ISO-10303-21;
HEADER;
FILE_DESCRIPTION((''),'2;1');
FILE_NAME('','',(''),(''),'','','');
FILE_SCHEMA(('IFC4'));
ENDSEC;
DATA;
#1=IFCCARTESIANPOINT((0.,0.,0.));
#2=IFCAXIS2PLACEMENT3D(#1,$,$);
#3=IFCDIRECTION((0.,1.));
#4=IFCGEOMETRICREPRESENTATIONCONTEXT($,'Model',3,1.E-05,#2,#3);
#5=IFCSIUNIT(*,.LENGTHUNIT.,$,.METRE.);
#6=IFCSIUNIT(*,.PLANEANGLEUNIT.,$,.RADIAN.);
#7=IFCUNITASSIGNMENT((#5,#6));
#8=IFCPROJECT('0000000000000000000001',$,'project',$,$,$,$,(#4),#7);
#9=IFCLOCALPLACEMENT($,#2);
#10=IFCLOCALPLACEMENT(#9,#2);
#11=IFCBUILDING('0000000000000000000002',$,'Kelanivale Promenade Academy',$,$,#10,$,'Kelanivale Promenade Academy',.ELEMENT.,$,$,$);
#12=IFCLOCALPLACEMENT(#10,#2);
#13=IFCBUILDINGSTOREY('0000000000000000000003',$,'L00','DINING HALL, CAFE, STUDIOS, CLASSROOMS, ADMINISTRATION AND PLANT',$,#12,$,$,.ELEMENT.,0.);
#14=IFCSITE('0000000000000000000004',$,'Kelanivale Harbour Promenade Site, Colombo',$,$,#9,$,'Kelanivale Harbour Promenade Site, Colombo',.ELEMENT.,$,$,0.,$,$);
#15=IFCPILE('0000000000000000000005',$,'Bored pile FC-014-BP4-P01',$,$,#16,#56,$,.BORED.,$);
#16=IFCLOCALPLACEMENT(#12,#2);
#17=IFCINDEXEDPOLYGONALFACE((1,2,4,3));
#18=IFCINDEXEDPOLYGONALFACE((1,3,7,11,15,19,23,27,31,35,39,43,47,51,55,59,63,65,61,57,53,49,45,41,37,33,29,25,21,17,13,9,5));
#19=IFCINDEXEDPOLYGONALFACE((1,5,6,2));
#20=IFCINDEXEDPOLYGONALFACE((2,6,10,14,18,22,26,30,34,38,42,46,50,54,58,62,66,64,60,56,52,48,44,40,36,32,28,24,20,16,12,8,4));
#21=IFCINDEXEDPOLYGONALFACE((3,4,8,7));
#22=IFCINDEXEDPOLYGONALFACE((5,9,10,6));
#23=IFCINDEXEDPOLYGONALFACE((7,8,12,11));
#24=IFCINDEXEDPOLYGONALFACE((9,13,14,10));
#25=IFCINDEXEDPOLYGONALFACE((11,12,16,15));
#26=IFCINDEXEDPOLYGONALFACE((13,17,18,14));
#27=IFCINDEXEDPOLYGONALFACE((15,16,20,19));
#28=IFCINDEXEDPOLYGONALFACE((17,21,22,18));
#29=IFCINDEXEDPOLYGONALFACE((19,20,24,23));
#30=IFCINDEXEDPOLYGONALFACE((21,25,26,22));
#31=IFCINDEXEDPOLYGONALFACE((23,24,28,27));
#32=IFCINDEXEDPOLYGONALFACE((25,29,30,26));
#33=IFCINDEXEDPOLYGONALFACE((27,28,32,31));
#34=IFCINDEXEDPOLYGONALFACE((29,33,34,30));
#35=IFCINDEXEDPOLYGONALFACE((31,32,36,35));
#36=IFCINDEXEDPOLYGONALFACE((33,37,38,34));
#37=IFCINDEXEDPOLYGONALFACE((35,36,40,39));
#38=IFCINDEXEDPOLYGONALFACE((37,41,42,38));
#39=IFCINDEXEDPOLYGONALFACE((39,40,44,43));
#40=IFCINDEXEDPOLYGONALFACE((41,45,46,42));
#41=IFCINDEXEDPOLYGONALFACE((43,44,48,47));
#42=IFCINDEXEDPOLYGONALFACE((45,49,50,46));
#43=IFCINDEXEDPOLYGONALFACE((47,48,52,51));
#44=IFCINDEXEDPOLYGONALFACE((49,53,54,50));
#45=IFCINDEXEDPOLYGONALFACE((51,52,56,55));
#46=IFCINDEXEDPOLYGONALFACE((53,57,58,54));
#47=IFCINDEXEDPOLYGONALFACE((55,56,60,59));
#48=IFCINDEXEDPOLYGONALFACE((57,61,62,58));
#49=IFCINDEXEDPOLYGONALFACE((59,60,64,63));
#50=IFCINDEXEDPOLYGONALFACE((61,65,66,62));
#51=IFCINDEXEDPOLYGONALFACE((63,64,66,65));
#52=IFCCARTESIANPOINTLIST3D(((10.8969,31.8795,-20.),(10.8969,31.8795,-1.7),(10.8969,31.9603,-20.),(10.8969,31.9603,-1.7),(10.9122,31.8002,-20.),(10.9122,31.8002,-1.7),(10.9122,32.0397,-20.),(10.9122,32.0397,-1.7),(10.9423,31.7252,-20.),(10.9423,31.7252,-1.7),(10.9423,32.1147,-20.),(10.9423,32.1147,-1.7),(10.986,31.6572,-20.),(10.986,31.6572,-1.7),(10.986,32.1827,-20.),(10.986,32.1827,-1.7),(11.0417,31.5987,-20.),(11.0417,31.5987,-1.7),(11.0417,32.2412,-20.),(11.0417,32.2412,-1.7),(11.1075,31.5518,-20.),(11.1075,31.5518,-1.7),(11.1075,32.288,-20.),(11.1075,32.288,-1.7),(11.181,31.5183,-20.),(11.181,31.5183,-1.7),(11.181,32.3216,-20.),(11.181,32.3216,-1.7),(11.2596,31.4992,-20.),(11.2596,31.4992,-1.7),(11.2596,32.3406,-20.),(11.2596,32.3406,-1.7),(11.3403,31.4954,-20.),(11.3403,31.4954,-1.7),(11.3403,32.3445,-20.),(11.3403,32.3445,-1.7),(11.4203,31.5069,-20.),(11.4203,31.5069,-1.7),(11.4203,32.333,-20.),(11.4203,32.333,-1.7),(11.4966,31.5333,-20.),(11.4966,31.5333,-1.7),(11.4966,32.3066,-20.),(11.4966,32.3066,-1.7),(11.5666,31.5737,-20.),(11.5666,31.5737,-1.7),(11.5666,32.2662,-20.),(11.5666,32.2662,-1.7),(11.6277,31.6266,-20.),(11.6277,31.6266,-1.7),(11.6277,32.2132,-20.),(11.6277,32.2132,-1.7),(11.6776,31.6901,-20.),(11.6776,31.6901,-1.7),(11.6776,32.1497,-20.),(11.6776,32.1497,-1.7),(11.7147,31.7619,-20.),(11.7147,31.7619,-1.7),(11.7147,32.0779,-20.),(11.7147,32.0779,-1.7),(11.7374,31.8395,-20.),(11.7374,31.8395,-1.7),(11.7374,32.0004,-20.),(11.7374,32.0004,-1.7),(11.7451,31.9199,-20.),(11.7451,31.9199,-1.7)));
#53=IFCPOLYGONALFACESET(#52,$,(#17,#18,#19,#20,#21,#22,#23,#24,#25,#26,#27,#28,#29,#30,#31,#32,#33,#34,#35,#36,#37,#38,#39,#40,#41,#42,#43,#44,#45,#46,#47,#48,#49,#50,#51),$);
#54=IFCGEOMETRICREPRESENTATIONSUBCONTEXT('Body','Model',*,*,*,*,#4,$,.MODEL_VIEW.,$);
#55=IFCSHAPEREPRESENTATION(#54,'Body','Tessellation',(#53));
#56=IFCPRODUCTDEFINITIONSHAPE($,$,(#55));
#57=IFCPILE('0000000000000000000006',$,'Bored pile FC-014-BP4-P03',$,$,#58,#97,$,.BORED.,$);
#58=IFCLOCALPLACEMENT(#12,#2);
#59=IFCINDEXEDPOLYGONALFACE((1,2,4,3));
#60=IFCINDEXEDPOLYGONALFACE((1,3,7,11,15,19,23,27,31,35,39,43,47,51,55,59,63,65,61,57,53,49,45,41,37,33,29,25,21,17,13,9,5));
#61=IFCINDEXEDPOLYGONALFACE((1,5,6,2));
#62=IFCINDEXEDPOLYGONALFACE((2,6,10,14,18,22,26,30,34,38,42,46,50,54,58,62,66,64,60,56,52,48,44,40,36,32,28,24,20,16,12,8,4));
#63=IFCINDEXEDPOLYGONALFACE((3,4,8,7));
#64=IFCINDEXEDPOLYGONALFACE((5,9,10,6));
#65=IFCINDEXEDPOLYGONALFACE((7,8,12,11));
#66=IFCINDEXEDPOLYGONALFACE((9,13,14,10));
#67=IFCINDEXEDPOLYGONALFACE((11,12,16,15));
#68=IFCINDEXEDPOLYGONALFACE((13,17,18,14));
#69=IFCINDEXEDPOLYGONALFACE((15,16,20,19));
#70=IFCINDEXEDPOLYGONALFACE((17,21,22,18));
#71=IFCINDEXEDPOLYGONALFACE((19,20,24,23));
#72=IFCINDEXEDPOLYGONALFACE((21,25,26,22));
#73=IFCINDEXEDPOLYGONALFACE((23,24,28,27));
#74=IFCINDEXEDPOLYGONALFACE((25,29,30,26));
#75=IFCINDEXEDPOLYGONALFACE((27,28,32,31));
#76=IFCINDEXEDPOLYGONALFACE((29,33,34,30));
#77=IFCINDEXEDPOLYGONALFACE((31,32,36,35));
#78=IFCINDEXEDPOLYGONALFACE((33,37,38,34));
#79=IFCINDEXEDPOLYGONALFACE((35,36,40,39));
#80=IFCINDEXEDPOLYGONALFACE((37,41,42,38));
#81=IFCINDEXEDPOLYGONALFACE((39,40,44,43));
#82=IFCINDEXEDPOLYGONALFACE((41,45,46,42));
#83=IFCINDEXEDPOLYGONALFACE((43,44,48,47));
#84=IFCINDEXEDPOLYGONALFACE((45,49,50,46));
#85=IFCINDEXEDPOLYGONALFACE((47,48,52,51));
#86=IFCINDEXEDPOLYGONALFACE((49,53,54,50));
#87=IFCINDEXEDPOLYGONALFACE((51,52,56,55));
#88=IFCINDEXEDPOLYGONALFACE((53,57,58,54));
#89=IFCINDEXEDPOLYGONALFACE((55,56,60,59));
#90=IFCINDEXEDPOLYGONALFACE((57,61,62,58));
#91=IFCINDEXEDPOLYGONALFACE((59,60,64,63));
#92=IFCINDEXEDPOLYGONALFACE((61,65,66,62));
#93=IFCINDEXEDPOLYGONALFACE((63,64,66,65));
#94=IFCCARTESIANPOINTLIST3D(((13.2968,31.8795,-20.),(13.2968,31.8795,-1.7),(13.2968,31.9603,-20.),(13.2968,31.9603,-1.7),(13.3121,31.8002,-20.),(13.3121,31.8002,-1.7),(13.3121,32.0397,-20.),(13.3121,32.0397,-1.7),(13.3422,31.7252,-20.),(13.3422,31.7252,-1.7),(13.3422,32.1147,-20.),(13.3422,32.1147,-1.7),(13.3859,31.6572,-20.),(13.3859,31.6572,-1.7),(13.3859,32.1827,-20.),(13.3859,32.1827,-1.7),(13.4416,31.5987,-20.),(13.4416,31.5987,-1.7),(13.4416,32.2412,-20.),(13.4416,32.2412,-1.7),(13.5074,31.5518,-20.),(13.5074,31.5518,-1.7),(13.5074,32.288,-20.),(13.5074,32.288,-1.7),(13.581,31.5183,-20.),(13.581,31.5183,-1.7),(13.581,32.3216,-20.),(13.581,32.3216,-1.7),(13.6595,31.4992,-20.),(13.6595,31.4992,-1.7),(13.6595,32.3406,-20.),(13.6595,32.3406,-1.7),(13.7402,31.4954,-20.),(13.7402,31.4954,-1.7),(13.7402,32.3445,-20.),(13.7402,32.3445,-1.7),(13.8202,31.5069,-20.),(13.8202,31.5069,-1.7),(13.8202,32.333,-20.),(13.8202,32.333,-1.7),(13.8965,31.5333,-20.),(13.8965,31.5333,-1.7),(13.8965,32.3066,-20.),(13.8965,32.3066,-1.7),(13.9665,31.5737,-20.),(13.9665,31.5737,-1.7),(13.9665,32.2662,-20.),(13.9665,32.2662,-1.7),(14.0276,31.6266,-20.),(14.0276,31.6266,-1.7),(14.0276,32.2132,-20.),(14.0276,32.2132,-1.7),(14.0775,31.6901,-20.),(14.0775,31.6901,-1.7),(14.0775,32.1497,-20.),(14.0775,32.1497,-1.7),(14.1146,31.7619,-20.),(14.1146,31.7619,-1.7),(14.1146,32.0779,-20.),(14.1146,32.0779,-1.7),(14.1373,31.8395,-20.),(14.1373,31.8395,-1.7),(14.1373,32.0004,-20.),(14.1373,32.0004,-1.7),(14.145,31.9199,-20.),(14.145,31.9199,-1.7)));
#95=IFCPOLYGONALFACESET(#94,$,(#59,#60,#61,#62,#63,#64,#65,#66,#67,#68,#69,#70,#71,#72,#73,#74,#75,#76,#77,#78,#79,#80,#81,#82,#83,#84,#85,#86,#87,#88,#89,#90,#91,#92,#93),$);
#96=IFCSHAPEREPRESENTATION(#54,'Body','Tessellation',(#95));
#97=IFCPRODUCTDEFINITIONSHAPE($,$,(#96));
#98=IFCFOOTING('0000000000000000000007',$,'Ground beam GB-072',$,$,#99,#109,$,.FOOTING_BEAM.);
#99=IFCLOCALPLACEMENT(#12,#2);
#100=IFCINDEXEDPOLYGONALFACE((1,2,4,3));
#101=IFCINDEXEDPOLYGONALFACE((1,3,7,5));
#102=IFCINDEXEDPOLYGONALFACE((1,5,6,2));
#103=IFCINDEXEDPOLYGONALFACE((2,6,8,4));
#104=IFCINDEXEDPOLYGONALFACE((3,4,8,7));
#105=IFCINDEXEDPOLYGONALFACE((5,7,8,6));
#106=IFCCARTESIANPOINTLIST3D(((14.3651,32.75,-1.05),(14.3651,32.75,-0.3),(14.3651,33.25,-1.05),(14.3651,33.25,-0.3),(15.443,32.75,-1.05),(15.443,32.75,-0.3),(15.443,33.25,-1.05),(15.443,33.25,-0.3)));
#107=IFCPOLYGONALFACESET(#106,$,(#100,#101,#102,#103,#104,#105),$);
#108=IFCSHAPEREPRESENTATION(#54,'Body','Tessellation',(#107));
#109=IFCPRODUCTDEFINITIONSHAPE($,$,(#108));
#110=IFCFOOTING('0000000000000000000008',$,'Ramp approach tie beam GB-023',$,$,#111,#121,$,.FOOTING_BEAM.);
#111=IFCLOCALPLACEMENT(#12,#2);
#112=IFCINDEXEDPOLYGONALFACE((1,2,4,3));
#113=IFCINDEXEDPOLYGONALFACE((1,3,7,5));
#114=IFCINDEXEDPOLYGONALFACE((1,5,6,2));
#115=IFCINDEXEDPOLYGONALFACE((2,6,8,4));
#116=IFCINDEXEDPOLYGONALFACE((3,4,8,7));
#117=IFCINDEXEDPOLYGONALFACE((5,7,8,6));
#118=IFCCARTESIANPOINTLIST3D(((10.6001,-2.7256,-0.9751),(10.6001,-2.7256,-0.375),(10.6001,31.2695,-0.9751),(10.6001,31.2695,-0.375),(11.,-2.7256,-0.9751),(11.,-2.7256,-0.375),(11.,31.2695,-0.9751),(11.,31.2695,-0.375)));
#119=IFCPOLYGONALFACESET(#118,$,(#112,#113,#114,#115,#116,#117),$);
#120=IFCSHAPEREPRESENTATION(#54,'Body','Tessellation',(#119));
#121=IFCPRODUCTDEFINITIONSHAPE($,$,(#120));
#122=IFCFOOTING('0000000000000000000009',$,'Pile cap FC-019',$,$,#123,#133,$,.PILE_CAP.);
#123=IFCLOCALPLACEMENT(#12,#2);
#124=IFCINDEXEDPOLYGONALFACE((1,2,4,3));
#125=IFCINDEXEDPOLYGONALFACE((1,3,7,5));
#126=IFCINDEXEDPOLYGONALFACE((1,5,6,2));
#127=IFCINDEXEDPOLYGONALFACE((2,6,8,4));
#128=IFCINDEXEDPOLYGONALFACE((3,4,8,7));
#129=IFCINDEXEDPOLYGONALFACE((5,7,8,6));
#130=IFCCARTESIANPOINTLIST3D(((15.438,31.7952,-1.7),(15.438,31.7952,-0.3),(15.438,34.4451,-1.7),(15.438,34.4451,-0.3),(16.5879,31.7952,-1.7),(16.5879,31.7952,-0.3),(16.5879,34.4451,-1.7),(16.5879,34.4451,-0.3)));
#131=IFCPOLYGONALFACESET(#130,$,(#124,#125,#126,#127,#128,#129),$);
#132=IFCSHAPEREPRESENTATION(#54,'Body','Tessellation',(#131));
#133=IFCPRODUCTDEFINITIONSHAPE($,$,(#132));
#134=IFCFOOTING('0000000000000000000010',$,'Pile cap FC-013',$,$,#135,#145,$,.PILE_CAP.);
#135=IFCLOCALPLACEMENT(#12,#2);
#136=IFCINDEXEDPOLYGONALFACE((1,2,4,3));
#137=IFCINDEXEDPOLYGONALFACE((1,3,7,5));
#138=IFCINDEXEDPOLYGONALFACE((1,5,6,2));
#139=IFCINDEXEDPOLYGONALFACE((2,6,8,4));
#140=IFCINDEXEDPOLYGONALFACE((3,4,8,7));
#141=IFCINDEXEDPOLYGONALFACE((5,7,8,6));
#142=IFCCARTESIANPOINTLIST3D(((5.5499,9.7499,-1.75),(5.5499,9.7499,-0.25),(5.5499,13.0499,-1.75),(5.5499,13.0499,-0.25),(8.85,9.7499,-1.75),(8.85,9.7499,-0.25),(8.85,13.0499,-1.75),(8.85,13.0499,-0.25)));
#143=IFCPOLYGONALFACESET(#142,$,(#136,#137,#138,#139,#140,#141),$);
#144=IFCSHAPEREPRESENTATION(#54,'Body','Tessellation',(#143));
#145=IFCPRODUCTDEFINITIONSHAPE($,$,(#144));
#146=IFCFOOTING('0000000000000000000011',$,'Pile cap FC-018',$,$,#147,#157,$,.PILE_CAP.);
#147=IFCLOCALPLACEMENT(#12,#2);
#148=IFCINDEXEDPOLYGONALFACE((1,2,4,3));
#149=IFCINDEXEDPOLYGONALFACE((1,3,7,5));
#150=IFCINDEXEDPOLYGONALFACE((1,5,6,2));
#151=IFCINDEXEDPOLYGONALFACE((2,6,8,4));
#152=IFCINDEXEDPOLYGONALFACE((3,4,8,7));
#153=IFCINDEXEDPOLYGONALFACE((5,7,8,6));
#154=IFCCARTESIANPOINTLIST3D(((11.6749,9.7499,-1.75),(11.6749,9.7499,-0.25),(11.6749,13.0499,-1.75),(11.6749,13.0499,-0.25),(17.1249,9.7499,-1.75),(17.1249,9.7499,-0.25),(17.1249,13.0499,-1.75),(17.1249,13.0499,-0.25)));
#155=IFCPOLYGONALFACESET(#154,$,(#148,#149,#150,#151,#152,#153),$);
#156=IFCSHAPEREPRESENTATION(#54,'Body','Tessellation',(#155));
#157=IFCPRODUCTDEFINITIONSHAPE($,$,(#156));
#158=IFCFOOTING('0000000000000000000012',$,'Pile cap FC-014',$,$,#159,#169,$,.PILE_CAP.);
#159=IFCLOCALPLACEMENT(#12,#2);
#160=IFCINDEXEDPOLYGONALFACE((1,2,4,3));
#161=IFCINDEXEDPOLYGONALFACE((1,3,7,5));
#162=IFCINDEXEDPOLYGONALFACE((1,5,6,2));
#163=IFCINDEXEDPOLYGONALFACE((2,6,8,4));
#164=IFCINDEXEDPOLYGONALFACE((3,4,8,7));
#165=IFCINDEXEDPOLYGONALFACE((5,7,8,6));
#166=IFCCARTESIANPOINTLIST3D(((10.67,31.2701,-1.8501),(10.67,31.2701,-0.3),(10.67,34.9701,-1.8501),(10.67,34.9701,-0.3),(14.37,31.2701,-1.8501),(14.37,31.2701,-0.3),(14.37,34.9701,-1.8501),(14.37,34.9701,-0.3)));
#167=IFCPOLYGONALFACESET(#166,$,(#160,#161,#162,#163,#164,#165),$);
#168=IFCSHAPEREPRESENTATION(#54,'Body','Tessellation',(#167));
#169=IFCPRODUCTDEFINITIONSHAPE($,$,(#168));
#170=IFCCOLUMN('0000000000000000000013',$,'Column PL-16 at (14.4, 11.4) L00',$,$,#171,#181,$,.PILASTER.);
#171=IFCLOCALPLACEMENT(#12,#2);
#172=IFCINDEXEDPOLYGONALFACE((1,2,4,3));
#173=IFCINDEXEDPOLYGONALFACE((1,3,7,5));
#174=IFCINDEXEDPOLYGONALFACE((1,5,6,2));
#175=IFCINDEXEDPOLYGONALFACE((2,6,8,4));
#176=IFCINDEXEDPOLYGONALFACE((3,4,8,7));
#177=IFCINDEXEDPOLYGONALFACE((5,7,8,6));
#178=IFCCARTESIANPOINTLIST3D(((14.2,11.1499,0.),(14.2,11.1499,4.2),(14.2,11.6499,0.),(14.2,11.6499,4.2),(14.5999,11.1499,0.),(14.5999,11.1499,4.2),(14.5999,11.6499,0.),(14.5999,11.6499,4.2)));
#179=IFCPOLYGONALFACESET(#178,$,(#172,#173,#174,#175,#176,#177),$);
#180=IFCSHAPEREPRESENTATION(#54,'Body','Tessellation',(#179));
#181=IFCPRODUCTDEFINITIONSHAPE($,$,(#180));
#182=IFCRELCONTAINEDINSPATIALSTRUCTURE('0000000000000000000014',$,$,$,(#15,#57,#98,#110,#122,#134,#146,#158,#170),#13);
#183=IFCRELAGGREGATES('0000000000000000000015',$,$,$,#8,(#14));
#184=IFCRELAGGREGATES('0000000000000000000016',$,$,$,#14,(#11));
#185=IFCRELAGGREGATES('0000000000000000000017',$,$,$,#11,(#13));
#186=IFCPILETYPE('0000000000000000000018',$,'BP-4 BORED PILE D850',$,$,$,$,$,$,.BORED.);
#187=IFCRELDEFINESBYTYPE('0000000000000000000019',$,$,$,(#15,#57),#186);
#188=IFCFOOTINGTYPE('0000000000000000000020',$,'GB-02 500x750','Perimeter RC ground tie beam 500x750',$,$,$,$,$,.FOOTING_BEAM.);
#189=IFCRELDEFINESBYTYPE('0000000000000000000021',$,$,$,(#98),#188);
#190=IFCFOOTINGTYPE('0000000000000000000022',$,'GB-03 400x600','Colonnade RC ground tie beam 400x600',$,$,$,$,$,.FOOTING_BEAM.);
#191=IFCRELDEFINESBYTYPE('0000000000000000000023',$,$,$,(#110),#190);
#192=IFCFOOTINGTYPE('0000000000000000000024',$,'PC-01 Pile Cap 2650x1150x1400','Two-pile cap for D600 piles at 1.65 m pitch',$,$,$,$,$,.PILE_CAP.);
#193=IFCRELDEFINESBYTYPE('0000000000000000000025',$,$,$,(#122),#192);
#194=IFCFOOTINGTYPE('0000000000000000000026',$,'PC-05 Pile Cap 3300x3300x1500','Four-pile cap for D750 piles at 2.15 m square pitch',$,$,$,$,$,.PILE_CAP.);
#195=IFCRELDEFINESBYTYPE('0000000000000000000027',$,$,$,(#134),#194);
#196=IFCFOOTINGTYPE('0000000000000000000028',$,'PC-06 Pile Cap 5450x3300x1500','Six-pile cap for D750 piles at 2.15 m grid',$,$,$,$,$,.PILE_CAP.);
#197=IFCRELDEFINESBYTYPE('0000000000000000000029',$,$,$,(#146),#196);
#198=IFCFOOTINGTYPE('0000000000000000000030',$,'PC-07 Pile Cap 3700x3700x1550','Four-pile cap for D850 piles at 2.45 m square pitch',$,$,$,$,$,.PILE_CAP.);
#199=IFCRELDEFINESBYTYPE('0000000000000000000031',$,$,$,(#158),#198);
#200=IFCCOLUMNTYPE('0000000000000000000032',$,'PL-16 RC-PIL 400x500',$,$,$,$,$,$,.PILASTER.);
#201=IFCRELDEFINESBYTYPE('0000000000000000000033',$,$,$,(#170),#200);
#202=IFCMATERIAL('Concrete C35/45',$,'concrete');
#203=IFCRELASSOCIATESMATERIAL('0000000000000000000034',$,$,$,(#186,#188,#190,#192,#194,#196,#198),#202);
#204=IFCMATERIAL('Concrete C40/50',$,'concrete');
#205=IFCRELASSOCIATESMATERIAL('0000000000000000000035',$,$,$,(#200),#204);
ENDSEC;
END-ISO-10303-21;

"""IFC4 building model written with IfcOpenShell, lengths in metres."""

from ifc_helpers import new_model, si_unit, direction, frame, origin, origin_2d, place, context, subcontext, project, spatial, rectangle, circle, extrude, material, material_profile, profile_set, type_object, element, save


model = new_model("IFC4")

# Units and contexts
model_context = context("Model", 3, precision=1e-05, world=origin(), true_north=direction((0.0, 1.0)))
body_context = subcontext(model_context, "Body", "Model", "MODEL_VIEW")
ifc_project = project(units=[si_unit("LENGTHUNIT", "METRE"), si_unit("PLANEANGLEUNIT", "RADIAN")], contexts=[model_context])

# Site, building, storey
site_placement = place(None, origin())
site = spatial("IfcSite", under=ifc_project, at=site_placement, Name="Kelanivale Harbour Promenade Site, Colombo", LongName="Kelanivale Harbour Promenade Site, Colombo", CompositionType="ELEMENT", RefElevation=0.0)
building_placement = place(site_placement, origin())
building = spatial("IfcBuilding", under=site, at=building_placement, Name="Kelanivale Promenade Academy", LongName="Kelanivale Promenade Academy", CompositionType="ELEMENT")
storey_placement = place(building_placement, origin())
storey = spatial("IfcBuildingStorey", under=building, at=storey_placement, Name="L00", Description="DINING HALL, CAFE, STUDIOS, CLASSROOMS, ADMINISTRATION AND PLANT", CompositionType="ELEMENT", Elevation=0.0)

# Piles
ifc_material_1 = material(Name="Concrete C35/45", Category="concrete")
ifc_material_profile_1 = material_profile(ifc_material_1, circle(Radius=0.425, at=origin_2d()), Name="BORED PILE D850")
ifc_profile_set_1 = profile_set([ifc_material_profile_1], Name="Concrete C35/45")
pile_type_1 = type_object("IfcPileType", Name="BP-4 BORED PILE D850", PredefinedType="BORED", material=ifc_profile_set_1)
for number, where, z_axis, x_axis, name in (
    (1, (11.3201, 31.9199, -1.7), (0.0, 0.0, -1.0), (1.0, 0.0, 0.0), "Bored pile FC-014-BP4-P01"),
    (2, (13.72, 31.9199, -1.7), (0.0, 0.0, -1.0), (1.0, 0.0, 0.0), "Bored pile FC-014-BP4-P03"),
):
    element("IfcPile", number, at=place(storey_placement, frame(where, z_axis=z_axis, x_axis=x_axis)), inside=storey, type_object=pile_type_1, Name=name, PredefinedType="BORED", context=body_context, shape_type="SweptSolid", body=[
        extrude(circle(Radius=0.425, at=origin_2d()), origin(), (0.0, 0.0, 1.0), 18.3),
    ])

# Footings
footing_type_1 = type_object("IfcFootingType", Name="GB-02 500x750", Description="Perimeter RC ground tie beam 500x750", PredefinedType="FOOTING_BEAM", material=ifc_material_1)
footing_1_placement = place(storey_placement, frame((14.9041, 33.0, -1.05), z_axis=(0.0, 0.0, 1.0), x_axis=(1.0, 0.0, 0.0)))
element("IfcFooting", 3, at=footing_1_placement, inside=storey, type_object=footing_type_1, Name="Ground beam GB-072", PredefinedType="FOOTING_BEAM", context=body_context, shape_type="SweptSolid", body=[
    extrude(rectangle(XDim=1.0779, YDim=0.5, at=origin_2d()), origin(), (0.0, 0.0, 1.0), 0.75),
])
footing_type_2 = type_object("IfcFootingType", Name="GB-03 400x600", Description="Colonnade RC ground tie beam 400x600", PredefinedType="FOOTING_BEAM", material=ifc_material_1)
footing_2_placement = place(storey_placement, frame((10.8, 14.272, -0.9751), z_axis=(0.0, 0.0, 1.0), x_axis=(0.0, 1.0, 0.0)))
element("IfcFooting", 4, at=footing_2_placement, inside=storey, type_object=footing_type_2, Name="Ramp approach tie beam GB-023", PredefinedType="FOOTING_BEAM", context=body_context, shape_type="SweptSolid", body=[
    extrude(rectangle(XDim=33.9951, YDim=0.3999, at=origin_2d()), origin(), (0.0, 0.0, 1.0), 0.6001),
])
footing_type_3 = type_object("IfcFootingType", Name="PC-01 Pile Cap 2650x1150x1400", Description="Two-pile cap for D600 piles at 1.65 m pitch", PredefinedType="PILE_CAP", material=ifc_material_1)
footing_3_placement = place(storey_placement, frame((16.0129, 33.1201, -1.7), z_axis=(0.0, 0.0, 1.0), x_axis=(0.0, 1.0, 0.0)))
element("IfcFooting", 5, at=footing_3_placement, inside=storey, type_object=footing_type_3, Name="Pile cap FC-019", PredefinedType="PILE_CAP", context=body_context, shape_type="SweptSolid", body=[
    extrude(rectangle(XDim=2.6499, YDim=1.1499, at=origin_2d()), origin(), (0.0, 0.0, 1.0), 1.3999),
])
footing_type_4 = type_object("IfcFootingType", Name="PC-05 Pile Cap 3300x3300x1500", Description="Four-pile cap for D750 piles at 2.15 m square pitch", PredefinedType="PILE_CAP", material=ifc_material_1)
footing_4_placement = place(storey_placement, frame((7.2, 11.3999, -1.75), z_axis=(0.0, 0.0, 1.0), x_axis=(1.0, 0.0, 0.0)))
element("IfcFooting", 6, at=footing_4_placement, inside=storey, type_object=footing_type_4, Name="Pile cap FC-013", PredefinedType="PILE_CAP", context=body_context, shape_type="SweptSolid", body=[
    extrude(rectangle(XDim=3.3, YDim=3.3, at=origin_2d()), origin(), (0.0, 0.0, 1.0), 1.5),
])
footing_type_5 = type_object("IfcFootingType", Name="PC-06 Pile Cap 5450x3300x1500", Description="Six-pile cap for D750 piles at 2.15 m grid", PredefinedType="PILE_CAP", material=ifc_material_1)
footing_5_placement = place(storey_placement, frame((14.3999, 11.3999, -1.75), z_axis=(0.0, 0.0, 1.0), x_axis=(1.0, 0.0, 0.0)))
element("IfcFooting", 7, at=footing_5_placement, inside=storey, type_object=footing_type_5, Name="Pile cap FC-018", PredefinedType="PILE_CAP", context=body_context, shape_type="SweptSolid", body=[
    extrude(rectangle(XDim=5.45, YDim=3.3, at=origin_2d()), origin(), (0.0, 0.0, 1.0), 1.5),
])
footing_type_6 = type_object("IfcFootingType", Name="PC-07 Pile Cap 3700x3700x1550", Description="Four-pile cap for D850 piles at 2.45 m square pitch", PredefinedType="PILE_CAP", material=ifc_material_1)
footing_6_placement = place(storey_placement, frame((12.52, 33.1201, -1.8501), z_axis=(0.0, 0.0, 1.0), x_axis=(1.0, 0.0, 0.0)))
element("IfcFooting", 8, at=footing_6_placement, inside=storey, type_object=footing_type_6, Name="Pile cap FC-014", PredefinedType="PILE_CAP", context=body_context, shape_type="SweptSolid", body=[
    extrude(rectangle(XDim=3.7, YDim=3.7, at=origin_2d()), origin(), (0.0, 0.0, 1.0), 1.55),
])

# Column
ifc_material_2 = material(Name="Concrete C40/50", Category="concrete")
ifc_material_profile_2 = material_profile(ifc_material_2, rectangle(XDim=0.3999, YDim=0.5, at=origin_2d()), Name="RC-PIL 400x500")
ifc_profile_set_2 = profile_set([ifc_material_profile_2], Name="Concrete C40/50")
column_type_1 = type_object("IfcColumnType", Name="PL-16 RC-PIL 400x500", PredefinedType="PILASTER", material=ifc_profile_set_2)
column_1_placement = place(storey_placement, frame((14.3999, 11.3999, 0.0), z_axis=(0.0, 0.0, 1.0), x_axis=(1.0, 0.0, 0.0)))
element("IfcColumn", 9, at=column_1_placement, inside=storey, type_object=column_type_1, Name="Column PL-16 at (14.4, 11.4) L00", PredefinedType="PILASTER", context=body_context, shape_type="SweptSolid", body=[
    extrude(rectangle(XDim=0.3999, YDim=0.5, at=origin_2d()), origin(), (0.0, 0.0, 1.0), 4.2),
])

save(model, "model.ifc")
